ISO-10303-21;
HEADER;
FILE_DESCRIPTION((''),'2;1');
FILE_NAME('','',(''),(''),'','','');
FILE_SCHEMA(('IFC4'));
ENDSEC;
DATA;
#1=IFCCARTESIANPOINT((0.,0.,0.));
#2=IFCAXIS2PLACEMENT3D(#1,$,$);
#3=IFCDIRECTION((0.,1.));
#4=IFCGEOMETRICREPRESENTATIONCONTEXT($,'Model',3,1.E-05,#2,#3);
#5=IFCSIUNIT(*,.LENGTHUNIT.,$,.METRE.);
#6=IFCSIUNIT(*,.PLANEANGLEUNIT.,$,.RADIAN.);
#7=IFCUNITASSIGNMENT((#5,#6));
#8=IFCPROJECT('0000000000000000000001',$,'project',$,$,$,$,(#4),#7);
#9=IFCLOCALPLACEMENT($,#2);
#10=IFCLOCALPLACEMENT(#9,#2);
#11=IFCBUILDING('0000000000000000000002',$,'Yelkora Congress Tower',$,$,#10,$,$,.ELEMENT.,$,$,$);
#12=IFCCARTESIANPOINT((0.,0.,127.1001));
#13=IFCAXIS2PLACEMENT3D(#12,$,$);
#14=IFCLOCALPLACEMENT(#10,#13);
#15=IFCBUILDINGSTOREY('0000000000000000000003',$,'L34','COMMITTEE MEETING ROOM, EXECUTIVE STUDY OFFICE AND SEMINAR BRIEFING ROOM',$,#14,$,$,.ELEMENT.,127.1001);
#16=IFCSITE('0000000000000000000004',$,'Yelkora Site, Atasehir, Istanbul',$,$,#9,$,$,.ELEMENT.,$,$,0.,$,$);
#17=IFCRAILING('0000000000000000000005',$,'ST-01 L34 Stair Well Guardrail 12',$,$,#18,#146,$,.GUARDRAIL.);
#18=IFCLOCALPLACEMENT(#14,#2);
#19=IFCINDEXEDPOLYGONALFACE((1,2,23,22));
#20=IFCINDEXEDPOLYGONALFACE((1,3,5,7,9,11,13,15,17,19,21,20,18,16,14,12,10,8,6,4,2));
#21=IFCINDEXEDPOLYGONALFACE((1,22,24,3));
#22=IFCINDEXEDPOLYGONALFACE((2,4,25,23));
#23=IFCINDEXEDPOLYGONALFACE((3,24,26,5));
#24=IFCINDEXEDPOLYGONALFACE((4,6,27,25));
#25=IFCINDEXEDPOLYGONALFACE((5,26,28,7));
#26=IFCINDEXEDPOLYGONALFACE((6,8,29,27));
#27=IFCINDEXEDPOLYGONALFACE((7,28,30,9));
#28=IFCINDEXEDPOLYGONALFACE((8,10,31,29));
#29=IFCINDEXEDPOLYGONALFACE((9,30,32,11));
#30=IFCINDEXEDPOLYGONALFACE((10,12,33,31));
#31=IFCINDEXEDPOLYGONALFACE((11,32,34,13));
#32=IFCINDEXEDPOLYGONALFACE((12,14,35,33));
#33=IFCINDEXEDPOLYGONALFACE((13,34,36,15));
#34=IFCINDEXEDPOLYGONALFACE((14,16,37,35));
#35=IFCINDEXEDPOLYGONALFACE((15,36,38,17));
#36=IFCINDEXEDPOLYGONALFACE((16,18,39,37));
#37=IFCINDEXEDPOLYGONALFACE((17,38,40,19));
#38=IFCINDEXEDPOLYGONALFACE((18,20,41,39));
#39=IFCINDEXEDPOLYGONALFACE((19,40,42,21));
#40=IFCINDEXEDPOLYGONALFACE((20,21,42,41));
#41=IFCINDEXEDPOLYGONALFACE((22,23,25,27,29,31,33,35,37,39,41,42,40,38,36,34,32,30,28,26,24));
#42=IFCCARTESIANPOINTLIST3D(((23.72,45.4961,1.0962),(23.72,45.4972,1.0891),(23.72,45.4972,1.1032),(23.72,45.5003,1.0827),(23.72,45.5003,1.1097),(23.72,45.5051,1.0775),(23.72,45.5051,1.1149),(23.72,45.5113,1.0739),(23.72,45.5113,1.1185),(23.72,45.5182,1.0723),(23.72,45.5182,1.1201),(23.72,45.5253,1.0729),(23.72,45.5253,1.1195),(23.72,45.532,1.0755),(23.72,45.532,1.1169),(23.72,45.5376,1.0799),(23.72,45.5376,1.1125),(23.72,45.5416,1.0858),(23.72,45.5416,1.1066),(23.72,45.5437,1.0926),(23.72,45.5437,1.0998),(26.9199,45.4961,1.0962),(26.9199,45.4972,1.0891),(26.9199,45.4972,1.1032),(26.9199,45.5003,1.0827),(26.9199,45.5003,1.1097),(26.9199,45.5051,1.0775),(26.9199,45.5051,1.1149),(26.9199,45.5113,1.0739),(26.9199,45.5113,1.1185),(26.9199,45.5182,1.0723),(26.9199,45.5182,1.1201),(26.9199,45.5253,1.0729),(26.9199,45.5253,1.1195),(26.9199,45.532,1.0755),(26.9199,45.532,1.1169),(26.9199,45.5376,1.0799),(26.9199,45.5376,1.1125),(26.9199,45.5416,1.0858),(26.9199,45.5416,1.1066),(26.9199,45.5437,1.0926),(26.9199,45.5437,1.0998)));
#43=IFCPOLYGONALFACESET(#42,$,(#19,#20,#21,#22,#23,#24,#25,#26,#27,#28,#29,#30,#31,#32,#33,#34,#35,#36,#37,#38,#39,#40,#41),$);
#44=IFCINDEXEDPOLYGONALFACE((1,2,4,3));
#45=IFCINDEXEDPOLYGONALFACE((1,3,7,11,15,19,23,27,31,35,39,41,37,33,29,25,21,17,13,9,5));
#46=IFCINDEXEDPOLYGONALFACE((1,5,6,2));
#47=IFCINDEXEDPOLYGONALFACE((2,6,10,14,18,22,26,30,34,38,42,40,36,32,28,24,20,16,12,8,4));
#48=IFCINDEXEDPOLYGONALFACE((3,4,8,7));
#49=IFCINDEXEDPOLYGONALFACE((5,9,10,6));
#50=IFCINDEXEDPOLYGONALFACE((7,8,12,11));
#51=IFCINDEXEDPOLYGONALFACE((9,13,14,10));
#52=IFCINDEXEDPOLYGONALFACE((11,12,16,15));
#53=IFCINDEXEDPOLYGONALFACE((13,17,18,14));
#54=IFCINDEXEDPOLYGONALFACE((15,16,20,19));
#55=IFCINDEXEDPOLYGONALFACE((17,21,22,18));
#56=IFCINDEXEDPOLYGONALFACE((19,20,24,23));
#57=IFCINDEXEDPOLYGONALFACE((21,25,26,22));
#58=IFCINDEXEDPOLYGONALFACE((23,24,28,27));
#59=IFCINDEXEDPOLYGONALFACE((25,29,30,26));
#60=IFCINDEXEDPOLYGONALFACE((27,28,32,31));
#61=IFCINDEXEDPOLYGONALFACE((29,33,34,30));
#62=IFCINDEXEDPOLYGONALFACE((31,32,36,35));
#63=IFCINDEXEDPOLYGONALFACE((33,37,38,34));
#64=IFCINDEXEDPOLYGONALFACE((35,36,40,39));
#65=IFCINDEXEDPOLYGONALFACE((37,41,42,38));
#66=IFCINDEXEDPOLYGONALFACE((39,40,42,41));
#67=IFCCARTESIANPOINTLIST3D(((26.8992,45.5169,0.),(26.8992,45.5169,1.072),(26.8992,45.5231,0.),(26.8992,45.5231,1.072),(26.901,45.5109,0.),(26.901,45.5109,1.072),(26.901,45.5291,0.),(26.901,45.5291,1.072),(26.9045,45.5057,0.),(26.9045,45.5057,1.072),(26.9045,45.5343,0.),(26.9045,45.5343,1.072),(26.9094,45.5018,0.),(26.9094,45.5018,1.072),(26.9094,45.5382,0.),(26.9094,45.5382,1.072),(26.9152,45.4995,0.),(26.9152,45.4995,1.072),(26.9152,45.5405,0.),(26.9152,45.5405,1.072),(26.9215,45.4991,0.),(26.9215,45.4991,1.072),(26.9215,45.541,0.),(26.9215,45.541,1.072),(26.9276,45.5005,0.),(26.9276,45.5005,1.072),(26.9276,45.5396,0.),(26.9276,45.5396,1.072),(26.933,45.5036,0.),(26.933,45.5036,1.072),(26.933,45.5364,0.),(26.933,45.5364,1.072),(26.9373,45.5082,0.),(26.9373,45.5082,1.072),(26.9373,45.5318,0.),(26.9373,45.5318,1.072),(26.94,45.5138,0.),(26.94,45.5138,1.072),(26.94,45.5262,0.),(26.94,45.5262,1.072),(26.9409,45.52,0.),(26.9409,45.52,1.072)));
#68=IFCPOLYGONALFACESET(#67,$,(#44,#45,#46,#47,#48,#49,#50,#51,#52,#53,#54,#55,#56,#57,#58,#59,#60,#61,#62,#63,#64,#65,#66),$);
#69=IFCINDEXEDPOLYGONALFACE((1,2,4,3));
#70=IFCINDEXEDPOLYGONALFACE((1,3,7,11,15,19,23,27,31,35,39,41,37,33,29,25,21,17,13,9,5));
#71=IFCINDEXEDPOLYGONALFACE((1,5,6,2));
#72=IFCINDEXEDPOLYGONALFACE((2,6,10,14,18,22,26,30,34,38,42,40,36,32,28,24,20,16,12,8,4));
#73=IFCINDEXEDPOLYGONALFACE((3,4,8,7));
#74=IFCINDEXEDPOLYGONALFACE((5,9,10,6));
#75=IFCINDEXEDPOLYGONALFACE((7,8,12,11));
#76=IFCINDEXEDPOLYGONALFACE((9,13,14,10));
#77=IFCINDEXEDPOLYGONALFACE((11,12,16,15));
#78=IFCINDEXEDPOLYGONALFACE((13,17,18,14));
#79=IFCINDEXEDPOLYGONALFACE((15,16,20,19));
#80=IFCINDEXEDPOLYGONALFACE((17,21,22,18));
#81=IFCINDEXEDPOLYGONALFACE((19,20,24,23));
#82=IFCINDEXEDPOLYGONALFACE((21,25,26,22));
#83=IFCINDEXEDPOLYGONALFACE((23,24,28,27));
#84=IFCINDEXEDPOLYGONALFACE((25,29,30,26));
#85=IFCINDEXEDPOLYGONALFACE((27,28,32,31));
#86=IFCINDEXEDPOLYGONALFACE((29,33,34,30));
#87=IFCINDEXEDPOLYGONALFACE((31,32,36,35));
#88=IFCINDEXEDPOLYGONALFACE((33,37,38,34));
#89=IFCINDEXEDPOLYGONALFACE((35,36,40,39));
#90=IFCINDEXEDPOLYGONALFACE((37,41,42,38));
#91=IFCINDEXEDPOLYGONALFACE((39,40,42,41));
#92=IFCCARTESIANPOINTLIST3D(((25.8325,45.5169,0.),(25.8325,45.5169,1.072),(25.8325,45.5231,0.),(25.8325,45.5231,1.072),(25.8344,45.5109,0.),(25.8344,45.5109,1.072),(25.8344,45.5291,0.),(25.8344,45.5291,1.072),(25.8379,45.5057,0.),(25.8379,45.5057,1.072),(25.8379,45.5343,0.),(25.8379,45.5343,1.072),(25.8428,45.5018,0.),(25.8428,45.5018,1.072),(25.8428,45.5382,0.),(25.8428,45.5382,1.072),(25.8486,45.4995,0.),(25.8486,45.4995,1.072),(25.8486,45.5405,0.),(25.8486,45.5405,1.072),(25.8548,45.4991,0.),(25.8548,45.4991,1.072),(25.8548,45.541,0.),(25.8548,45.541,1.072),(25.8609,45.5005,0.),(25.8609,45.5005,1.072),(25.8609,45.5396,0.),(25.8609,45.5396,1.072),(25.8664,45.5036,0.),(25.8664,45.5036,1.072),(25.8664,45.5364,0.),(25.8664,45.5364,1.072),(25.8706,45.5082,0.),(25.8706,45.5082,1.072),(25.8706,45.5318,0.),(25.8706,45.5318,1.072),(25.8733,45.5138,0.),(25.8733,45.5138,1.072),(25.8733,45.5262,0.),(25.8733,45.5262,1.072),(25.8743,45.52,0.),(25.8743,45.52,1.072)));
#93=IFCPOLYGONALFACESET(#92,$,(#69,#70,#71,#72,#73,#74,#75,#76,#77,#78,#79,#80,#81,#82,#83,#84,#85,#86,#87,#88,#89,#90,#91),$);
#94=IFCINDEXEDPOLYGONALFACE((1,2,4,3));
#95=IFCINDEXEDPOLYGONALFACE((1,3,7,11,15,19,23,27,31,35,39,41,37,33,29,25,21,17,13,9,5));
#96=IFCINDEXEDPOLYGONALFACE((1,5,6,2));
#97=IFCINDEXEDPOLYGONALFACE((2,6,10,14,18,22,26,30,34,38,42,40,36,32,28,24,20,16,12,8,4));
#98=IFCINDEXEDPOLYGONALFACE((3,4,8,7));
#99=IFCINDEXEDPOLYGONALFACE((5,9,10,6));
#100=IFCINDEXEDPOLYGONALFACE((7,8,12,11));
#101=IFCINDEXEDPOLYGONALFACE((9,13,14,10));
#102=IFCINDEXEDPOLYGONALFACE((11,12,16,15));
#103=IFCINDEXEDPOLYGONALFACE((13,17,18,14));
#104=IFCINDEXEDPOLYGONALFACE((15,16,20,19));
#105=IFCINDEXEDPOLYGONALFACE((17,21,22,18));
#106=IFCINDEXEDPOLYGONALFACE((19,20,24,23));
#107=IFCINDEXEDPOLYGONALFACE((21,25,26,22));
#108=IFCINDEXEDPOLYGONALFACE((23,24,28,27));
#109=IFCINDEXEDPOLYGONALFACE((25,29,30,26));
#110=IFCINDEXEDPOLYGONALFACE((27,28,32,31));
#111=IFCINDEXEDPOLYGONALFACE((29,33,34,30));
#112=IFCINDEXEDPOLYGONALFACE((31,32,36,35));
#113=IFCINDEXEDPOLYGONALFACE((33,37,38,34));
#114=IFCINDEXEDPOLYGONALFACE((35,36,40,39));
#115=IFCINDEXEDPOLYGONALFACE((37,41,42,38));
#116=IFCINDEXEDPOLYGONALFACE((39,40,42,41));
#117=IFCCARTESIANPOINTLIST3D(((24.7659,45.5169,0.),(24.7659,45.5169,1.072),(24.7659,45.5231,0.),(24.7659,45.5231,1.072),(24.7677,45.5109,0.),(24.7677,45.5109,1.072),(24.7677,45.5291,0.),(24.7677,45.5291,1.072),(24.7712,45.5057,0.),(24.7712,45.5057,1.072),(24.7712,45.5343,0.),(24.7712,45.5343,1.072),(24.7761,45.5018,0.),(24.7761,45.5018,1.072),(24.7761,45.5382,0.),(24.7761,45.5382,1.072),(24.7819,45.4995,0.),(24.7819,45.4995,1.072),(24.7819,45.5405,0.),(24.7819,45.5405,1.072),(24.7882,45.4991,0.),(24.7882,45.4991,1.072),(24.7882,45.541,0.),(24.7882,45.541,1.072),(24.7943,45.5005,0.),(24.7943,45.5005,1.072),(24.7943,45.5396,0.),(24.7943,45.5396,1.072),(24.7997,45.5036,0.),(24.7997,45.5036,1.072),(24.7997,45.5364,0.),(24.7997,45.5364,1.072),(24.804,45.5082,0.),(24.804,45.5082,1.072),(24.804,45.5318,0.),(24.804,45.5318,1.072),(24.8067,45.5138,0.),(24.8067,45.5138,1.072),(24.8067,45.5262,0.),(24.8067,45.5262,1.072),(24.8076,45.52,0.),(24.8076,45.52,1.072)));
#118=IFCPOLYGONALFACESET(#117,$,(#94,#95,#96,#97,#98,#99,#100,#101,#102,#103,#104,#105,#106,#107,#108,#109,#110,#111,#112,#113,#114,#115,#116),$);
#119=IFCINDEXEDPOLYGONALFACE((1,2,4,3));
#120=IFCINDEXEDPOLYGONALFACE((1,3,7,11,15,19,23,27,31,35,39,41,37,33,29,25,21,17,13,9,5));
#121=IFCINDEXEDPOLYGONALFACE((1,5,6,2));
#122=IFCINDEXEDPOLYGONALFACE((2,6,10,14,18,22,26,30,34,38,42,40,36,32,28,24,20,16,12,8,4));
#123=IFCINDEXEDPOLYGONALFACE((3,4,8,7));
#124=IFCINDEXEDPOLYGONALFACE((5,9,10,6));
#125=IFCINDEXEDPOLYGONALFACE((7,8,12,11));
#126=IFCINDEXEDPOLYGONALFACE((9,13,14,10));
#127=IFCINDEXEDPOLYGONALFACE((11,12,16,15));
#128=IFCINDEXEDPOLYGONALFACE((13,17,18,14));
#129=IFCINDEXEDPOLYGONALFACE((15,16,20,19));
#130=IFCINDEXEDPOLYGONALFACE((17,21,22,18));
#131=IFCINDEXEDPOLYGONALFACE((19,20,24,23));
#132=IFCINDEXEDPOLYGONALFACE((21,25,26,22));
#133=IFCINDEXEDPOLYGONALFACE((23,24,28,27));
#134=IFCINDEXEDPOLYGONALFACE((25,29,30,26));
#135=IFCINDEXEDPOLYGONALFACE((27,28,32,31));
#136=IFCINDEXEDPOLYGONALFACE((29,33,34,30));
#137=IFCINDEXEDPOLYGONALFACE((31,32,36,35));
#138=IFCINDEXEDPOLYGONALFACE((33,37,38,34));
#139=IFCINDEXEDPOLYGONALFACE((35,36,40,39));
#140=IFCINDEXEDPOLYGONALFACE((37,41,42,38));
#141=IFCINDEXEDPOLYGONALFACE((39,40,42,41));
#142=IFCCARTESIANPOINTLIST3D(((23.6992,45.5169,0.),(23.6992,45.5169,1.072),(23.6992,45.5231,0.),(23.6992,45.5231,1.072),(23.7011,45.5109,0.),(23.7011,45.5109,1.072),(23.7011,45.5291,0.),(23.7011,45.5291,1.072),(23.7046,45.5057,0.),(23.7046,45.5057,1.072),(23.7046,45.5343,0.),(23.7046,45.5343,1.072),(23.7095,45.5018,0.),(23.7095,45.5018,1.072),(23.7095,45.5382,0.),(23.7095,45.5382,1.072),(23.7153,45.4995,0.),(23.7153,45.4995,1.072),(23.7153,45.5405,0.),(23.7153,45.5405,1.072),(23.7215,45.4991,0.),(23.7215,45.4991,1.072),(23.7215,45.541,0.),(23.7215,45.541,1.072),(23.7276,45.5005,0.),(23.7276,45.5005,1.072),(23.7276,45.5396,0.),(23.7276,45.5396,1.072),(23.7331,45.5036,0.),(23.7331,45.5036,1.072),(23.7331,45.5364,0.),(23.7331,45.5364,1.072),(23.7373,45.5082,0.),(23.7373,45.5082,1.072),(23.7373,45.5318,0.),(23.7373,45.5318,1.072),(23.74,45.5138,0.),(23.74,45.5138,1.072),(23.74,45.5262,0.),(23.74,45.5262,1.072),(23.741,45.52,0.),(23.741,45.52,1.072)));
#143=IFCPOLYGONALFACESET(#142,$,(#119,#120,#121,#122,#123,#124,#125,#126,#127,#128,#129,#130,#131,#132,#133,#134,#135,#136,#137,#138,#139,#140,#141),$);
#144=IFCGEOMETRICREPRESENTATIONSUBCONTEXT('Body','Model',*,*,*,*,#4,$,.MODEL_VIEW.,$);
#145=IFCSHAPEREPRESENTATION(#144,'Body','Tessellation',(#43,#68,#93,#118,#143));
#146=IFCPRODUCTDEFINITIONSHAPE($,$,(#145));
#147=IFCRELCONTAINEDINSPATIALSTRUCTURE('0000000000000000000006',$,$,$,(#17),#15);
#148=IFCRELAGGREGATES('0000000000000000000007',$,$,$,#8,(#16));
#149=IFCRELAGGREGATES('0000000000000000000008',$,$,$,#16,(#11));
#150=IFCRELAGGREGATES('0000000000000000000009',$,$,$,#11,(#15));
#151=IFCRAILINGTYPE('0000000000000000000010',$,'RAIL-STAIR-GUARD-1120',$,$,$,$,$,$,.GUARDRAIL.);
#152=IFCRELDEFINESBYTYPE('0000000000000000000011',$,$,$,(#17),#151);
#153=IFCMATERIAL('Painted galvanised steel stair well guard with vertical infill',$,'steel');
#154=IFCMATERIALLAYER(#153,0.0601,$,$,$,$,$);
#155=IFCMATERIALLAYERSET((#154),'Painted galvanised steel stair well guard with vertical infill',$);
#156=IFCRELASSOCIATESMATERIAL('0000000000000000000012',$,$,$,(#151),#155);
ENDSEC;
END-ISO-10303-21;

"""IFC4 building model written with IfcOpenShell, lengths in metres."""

from ifc_helpers import new_model, si_unit, direction, frame, origin, origin_2d, place, context, subcontext, project, spatial, circle, extrude, material, layer, layer_set, type_object, element, save


model = new_model("IFC4")

# Units and contexts
model_context = context("Model", 3, precision=1e-05, world=origin(), true_north=direction((0.0, 1.0)))
body_context = subcontext(model_context, "Body", "Model", "MODEL_VIEW")
ifc_project = project(units=[si_unit("LENGTHUNIT", "METRE"), si_unit("PLANEANGLEUNIT", "RADIAN")], contexts=[model_context])

# Site, building, storey
site_placement = place(None, origin())
site = spatial("IfcSite", under=ifc_project, at=site_placement, Name="Yelkora Site, Atasehir, Istanbul", CompositionType="ELEMENT", RefElevation=0.0)
building_placement = place(site_placement, origin())
building = spatial("IfcBuilding", under=site, at=building_placement, Name="Yelkora Congress Tower", CompositionType="ELEMENT")
storey_placement = place(building_placement, frame((0.0, 0.0, 127.1001)))
storey = spatial("IfcBuildingStorey", under=building, at=storey_placement, Name="L34", Description="COMMITTEE MEETING ROOM, EXECUTIVE STUDY OFFICE AND SEMINAR BRIEFING ROOM", CompositionType="ELEMENT", Elevation=127.1001)

# Railing
ifc_material_1 = material(Name="Painted galvanised steel stair well guard with vertical infill", Category="steel")
ifc_layer_1 = layer(ifc_material_1, 0.0601)
ifc_layer_set_1 = layer_set([ifc_layer_1], Name="Painted galvanised steel stair well guard with vertical infill")
railing_type_1 = type_object("IfcRailingType", Name="RAIL-STAIR-GUARD-1120", PredefinedType="GUARDRAIL", material=ifc_layer_set_1)
railing_1_placement = place(storey_placement, frame((26.9199, 45.52, 0.0)))
element("IfcRailing", 1, at=railing_1_placement, inside=storey, type_object=railing_type_1, Name="ST-01 L34 Stair Well Guardrail 12", PredefinedType="GUARDRAIL", context=body_context, shape_type="SweptSolid", body=[
    extrude(circle(Radius=0.0239, at=origin_2d()), frame((0.0, 0.0, 1.0962), z_axis=(-1.0, 0.0, 0.0), x_axis=(0.0, -1.0, 0.0)), (0.0, 0.0, 1.0), 3.2),
    extrude(circle(Radius=0.021, at=origin_2d()), origin(), (0.0, 0.0, 1.0), 1.072),
    extrude(circle(Radius=0.021, at=origin_2d()), frame((-1.0667, 0.0, 0.0)), (0.0, 0.0, 1.0), 1.072),
    extrude(circle(Radius=0.021, at=origin_2d()), frame((-2.1333, 0.0, 0.0)), (0.0, 0.0, 1.0), 1.072),
    extrude(circle(Radius=0.021, at=origin_2d()), frame((-3.2, 0.0, 0.0)), (0.0, 0.0, 1.0), 1.072),
])

save(model, "model.ifc")
